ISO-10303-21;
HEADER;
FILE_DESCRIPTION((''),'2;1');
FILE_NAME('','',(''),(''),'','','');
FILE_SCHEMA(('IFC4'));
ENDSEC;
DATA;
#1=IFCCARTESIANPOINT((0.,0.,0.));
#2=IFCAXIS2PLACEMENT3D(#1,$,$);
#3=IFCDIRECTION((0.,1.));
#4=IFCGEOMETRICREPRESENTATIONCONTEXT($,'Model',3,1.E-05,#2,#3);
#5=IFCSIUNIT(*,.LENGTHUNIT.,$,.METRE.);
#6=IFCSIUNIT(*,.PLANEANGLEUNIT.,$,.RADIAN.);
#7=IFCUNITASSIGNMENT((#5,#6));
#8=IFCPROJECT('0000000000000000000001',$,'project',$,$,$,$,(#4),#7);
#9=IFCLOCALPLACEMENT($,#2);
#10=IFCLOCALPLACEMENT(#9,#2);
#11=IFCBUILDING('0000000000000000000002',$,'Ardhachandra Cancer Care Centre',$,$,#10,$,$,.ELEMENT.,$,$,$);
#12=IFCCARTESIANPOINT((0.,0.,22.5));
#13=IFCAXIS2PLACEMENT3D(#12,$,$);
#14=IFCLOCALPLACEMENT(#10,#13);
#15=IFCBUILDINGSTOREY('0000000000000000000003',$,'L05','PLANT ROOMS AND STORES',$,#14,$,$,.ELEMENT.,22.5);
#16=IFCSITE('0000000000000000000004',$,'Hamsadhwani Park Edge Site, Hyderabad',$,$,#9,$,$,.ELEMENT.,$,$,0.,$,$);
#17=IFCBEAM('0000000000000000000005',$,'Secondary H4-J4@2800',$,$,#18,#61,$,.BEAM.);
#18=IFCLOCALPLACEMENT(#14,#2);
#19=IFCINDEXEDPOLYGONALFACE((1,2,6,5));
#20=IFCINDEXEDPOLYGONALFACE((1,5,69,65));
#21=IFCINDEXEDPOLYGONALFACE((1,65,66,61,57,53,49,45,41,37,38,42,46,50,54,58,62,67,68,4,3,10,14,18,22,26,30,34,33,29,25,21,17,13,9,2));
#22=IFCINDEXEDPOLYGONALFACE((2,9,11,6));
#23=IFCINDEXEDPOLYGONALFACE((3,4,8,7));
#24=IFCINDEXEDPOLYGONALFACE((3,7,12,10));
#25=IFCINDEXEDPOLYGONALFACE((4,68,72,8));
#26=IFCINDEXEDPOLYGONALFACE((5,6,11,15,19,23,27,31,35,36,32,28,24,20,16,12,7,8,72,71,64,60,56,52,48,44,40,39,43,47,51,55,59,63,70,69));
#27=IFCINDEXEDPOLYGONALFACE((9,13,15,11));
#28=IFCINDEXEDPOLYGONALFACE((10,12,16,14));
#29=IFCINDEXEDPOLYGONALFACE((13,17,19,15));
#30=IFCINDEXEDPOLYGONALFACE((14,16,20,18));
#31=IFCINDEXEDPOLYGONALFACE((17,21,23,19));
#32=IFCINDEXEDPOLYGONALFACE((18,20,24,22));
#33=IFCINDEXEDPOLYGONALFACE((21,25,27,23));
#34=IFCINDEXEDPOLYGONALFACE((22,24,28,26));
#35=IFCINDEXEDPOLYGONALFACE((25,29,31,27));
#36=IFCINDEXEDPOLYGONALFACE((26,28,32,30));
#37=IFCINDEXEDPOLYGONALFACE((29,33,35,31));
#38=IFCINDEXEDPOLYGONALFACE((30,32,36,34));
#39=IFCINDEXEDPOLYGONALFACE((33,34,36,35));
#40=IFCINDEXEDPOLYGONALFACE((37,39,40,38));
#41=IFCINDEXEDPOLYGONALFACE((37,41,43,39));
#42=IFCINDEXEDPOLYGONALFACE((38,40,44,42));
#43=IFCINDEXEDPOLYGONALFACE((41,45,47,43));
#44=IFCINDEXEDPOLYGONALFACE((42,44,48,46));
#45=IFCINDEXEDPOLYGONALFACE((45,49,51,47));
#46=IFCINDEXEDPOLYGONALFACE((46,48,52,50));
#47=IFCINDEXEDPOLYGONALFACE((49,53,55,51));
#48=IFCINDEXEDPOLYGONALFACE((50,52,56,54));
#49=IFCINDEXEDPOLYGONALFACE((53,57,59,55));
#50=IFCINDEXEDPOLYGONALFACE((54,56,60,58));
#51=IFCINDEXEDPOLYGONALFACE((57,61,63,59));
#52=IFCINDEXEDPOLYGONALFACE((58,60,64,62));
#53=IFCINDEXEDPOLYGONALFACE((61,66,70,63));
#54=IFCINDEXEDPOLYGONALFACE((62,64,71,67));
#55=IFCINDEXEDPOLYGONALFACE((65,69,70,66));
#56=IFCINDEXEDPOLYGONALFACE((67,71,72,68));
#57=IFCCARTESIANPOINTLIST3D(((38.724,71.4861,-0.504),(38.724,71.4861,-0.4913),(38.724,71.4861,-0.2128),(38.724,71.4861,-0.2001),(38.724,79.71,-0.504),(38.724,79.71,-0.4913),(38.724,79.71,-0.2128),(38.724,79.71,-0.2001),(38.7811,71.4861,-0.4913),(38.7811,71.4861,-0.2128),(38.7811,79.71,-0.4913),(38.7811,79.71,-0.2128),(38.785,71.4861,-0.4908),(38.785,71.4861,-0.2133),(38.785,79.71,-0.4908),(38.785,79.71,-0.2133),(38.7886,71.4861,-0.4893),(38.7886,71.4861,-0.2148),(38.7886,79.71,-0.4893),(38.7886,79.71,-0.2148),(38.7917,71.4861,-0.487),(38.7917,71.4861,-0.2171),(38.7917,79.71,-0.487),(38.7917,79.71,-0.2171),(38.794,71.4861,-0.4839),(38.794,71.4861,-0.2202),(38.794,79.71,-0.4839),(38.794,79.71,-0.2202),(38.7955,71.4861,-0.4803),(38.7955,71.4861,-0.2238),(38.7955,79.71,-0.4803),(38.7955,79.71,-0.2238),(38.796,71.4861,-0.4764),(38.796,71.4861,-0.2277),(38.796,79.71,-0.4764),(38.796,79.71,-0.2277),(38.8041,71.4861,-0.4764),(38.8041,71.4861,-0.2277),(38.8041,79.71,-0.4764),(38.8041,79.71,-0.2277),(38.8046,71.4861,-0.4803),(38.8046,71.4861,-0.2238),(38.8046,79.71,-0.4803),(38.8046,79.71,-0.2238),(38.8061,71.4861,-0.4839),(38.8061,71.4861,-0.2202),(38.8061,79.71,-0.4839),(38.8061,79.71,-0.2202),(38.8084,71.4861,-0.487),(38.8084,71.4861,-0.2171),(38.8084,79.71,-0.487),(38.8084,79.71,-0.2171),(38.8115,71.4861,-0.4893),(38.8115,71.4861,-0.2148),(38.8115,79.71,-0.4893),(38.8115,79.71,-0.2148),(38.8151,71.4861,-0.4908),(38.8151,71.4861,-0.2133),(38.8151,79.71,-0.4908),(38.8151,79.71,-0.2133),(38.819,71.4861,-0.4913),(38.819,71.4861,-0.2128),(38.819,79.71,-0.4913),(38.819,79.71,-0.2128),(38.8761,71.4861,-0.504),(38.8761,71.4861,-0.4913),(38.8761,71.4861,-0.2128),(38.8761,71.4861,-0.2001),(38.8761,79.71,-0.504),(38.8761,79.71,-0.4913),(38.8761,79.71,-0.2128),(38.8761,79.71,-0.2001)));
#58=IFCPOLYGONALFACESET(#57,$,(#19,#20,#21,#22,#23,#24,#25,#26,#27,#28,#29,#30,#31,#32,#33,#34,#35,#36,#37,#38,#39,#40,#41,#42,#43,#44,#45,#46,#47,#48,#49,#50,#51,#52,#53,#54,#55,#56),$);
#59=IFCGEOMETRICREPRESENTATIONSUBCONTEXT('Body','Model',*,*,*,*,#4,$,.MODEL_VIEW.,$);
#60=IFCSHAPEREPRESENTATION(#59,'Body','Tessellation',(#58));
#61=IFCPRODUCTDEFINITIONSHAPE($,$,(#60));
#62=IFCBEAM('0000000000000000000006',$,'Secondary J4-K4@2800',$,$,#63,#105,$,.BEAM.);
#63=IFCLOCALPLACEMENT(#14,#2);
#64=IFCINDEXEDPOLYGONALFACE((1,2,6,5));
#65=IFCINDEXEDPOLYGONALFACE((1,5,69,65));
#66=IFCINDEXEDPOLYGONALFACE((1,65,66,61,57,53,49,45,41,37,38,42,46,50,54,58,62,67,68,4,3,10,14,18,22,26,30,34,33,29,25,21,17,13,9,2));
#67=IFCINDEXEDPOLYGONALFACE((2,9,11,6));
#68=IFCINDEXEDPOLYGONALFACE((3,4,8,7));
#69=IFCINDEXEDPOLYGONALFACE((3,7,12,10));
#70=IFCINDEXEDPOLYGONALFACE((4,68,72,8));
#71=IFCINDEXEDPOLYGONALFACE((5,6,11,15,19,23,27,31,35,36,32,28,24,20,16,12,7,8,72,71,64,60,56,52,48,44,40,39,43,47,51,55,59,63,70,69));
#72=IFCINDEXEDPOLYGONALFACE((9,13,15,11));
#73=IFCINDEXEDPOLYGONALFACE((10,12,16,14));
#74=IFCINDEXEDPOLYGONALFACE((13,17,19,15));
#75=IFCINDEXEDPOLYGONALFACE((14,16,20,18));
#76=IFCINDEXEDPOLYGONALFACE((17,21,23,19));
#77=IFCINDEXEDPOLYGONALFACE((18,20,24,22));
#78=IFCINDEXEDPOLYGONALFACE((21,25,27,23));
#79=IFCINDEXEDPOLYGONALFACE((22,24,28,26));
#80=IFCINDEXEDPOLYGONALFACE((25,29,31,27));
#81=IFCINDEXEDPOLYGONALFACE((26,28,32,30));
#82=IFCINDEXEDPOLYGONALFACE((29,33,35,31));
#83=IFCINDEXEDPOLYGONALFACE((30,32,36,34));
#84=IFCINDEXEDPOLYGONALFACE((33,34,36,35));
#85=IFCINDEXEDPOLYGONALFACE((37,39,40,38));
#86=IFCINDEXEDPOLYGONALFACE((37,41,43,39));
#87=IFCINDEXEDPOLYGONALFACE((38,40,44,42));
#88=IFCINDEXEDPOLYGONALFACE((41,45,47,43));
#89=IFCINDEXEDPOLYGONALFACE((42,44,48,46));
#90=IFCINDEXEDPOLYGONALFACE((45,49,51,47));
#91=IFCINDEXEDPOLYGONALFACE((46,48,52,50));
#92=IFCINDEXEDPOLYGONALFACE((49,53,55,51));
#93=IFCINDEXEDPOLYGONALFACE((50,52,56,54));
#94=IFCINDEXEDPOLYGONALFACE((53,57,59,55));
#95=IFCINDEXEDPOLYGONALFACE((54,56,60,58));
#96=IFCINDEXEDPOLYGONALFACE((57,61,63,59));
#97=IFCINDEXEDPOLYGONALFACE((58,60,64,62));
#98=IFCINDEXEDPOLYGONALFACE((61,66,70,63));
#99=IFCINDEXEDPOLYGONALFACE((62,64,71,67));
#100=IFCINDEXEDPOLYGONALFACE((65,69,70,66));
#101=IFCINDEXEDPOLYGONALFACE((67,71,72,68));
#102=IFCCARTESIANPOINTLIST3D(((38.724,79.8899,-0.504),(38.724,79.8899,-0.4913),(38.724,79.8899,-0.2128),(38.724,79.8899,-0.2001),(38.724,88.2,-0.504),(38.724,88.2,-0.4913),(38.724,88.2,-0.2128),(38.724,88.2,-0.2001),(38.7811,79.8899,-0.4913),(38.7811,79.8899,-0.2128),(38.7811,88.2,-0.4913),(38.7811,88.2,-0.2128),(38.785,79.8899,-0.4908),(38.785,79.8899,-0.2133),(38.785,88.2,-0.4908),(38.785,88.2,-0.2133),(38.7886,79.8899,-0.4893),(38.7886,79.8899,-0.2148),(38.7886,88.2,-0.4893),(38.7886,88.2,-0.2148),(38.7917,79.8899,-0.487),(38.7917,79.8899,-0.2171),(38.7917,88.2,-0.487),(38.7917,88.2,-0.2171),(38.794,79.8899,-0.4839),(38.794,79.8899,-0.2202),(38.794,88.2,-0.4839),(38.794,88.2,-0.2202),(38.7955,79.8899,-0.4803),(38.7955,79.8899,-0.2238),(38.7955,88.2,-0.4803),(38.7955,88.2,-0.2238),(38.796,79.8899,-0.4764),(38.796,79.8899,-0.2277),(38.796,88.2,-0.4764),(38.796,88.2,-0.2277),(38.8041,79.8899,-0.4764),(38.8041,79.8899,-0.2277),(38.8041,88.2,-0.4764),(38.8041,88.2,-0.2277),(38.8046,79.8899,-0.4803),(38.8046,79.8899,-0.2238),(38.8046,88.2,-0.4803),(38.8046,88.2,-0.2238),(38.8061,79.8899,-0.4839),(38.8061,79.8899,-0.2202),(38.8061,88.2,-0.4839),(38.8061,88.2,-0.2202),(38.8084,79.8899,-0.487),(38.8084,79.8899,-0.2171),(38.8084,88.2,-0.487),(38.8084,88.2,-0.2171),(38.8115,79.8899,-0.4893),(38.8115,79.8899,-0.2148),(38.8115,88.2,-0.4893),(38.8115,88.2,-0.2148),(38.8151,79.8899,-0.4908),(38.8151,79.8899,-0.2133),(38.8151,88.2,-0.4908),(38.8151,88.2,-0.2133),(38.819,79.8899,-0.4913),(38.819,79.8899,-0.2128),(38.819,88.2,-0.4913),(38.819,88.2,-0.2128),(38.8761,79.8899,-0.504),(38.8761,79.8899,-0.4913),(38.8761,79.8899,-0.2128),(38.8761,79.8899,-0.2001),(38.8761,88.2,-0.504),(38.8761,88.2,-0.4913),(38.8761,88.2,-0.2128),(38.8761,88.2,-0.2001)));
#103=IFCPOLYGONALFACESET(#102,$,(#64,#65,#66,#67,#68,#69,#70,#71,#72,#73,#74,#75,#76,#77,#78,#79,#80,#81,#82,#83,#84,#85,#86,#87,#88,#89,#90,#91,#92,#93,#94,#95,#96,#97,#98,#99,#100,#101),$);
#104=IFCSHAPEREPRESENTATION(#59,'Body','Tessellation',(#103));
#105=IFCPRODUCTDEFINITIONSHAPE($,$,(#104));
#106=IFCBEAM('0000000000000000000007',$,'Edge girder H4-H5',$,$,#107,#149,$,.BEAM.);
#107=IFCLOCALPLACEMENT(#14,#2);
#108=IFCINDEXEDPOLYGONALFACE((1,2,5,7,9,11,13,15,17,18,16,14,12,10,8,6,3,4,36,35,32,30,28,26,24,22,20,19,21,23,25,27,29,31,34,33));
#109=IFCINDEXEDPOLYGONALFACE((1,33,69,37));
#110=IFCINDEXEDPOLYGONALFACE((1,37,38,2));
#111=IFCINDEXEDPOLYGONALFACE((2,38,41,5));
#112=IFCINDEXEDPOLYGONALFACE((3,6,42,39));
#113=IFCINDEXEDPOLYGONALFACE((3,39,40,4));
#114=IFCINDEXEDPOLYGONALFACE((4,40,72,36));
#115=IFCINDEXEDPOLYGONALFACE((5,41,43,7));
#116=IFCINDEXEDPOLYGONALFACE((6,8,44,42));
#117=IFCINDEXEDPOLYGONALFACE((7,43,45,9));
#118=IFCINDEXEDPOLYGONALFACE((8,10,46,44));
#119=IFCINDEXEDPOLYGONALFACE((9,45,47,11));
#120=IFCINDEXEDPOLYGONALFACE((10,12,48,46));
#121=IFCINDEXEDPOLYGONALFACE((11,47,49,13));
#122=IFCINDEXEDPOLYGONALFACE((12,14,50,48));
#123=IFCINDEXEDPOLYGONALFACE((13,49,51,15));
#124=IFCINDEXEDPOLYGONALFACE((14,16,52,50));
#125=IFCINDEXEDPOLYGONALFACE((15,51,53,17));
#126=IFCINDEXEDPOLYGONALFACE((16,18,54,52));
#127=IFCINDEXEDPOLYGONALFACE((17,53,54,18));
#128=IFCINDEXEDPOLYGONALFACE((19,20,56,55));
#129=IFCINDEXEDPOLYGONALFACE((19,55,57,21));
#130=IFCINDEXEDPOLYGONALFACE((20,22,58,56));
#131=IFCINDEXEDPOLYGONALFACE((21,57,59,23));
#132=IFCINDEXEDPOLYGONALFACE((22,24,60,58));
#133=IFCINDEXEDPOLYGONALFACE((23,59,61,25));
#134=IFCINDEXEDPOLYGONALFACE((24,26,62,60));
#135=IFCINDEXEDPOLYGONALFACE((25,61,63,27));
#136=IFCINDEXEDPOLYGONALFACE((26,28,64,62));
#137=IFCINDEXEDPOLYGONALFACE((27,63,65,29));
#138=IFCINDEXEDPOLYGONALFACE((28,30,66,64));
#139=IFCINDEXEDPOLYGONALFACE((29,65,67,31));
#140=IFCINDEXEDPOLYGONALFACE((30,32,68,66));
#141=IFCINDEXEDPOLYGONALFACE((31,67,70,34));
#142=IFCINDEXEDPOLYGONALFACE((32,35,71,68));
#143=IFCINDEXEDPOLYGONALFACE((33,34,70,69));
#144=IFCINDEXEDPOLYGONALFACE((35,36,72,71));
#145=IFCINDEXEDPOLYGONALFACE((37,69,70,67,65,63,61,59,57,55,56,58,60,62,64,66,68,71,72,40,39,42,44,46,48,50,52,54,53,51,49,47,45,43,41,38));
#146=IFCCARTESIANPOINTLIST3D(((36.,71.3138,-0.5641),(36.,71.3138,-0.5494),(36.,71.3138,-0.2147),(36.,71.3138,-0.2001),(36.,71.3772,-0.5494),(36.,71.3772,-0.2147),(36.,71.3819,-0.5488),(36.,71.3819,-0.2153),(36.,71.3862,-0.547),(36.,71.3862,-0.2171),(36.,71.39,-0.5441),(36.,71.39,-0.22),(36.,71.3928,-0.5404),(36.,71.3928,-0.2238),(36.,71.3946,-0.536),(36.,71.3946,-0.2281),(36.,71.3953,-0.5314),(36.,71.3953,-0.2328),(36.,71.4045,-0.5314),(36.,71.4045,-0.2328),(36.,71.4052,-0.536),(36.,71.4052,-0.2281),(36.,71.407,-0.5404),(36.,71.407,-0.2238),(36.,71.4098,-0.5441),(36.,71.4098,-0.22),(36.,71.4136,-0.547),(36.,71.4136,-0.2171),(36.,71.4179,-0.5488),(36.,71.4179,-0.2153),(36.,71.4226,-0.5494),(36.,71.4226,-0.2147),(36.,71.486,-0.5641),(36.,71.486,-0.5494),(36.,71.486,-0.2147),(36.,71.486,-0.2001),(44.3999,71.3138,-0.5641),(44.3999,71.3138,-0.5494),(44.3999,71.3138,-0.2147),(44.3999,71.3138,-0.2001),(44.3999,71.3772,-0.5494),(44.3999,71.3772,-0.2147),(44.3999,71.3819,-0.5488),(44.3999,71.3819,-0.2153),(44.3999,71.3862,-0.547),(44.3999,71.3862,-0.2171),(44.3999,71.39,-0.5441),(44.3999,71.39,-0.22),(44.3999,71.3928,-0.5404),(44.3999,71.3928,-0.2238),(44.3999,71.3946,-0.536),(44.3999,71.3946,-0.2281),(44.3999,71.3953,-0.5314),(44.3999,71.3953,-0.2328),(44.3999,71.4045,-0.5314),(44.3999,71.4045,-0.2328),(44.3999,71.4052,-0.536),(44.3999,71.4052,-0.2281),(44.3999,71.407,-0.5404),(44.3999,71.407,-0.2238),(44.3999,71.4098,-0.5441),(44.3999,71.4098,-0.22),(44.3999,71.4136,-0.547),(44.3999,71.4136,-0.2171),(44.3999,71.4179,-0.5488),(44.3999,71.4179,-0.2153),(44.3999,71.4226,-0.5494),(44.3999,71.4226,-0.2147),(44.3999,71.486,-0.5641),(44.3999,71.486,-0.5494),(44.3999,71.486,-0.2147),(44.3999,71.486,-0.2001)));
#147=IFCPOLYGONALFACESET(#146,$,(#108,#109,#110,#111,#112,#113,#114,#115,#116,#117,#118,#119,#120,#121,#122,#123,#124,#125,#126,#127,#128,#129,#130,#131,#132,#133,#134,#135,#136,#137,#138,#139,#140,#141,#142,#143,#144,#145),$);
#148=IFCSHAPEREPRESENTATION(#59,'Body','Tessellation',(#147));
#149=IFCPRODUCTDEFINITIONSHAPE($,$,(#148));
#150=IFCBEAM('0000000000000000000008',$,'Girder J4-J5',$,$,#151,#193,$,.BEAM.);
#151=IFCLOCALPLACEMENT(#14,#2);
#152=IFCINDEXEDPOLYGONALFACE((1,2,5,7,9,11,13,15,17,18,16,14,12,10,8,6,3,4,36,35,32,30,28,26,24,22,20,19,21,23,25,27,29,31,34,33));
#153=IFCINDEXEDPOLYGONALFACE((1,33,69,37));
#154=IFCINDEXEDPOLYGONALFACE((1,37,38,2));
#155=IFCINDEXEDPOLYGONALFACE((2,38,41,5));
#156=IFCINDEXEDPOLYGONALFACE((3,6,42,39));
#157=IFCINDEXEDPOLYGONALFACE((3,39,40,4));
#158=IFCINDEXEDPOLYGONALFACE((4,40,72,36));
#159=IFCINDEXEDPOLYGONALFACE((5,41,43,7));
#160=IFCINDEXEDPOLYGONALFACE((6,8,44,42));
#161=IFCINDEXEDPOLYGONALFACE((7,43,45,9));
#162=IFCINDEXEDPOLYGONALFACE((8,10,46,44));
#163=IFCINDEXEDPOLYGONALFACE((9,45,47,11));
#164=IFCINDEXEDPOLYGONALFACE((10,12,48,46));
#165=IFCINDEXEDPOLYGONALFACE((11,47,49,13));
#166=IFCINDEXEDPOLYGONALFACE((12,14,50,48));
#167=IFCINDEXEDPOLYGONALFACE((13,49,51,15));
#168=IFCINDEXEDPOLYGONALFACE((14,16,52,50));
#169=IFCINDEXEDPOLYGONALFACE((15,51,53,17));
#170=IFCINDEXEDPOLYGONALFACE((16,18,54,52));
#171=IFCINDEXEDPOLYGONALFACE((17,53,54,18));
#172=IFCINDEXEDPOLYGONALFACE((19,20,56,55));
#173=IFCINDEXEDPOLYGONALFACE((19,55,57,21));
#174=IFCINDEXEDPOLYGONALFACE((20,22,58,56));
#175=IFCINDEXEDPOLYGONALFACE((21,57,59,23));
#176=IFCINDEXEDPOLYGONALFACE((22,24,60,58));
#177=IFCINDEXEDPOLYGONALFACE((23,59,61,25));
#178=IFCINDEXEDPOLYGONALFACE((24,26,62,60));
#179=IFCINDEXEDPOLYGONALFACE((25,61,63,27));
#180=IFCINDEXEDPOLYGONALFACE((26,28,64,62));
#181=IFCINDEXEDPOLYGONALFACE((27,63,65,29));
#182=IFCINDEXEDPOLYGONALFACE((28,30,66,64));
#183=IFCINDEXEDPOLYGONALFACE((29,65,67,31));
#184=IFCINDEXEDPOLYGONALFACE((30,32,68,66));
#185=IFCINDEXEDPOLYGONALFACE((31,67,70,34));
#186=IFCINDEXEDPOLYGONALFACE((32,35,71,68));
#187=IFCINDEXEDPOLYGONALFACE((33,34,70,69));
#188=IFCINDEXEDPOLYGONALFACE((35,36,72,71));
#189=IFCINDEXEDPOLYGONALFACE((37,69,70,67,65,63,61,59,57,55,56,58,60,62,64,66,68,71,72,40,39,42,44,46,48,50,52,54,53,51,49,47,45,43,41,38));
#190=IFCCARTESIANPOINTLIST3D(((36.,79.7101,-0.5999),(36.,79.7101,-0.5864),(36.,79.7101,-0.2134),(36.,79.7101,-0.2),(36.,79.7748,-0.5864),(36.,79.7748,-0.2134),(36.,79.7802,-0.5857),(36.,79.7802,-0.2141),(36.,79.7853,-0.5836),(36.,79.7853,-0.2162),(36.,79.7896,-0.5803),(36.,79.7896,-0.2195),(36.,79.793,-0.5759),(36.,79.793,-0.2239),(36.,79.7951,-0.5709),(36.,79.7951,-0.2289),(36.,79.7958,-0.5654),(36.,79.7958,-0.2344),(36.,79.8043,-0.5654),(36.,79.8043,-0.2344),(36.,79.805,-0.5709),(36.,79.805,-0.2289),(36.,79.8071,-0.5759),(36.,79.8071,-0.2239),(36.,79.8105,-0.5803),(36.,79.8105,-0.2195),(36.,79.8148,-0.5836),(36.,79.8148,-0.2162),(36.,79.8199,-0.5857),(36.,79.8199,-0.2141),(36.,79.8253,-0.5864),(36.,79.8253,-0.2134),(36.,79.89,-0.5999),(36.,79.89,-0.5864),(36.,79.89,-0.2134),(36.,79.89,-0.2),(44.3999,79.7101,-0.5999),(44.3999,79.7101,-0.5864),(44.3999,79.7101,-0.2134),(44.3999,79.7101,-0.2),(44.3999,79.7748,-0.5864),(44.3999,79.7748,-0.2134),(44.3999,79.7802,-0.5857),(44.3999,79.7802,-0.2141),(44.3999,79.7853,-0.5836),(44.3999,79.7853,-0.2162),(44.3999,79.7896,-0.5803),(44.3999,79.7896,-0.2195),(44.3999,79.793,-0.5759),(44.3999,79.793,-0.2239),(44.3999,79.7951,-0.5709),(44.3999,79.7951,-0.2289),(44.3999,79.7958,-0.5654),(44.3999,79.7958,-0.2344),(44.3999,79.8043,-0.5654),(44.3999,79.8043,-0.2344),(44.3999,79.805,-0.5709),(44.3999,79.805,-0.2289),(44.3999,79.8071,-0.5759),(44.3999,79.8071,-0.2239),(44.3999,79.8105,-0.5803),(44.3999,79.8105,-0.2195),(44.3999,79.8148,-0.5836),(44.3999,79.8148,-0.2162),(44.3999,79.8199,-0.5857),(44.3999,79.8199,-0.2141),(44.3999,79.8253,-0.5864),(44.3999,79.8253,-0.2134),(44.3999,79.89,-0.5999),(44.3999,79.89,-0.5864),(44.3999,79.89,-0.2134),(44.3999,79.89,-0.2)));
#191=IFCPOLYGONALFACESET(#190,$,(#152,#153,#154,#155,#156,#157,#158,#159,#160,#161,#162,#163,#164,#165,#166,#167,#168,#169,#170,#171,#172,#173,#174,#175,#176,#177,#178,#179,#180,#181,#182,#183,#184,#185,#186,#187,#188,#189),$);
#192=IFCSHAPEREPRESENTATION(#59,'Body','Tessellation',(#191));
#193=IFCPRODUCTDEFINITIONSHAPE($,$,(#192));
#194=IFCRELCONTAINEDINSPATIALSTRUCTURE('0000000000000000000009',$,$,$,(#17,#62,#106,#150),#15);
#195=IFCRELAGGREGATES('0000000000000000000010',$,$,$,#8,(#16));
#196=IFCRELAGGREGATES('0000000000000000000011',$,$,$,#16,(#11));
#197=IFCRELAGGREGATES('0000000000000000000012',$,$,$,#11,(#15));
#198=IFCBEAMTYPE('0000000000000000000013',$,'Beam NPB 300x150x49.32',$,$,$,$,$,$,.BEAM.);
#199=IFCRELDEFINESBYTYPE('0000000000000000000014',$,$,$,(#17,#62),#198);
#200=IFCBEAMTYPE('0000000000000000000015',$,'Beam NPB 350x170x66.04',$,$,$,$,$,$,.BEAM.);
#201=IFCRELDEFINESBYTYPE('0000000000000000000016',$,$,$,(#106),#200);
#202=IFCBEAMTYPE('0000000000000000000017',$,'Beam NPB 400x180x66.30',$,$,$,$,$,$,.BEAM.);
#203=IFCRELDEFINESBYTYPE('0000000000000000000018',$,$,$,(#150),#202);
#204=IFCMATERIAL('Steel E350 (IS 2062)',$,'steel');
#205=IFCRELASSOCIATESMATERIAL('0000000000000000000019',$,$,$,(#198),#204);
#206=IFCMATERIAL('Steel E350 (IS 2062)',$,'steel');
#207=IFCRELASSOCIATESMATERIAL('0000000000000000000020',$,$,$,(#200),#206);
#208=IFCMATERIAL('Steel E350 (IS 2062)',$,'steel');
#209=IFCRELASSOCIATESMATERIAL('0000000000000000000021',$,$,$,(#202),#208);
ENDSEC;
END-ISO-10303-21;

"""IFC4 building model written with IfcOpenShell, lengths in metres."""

from ifc_helpers import new_model, si_unit, direction, frame, origin, origin_2d, place, context, subcontext, project, spatial, i_section, extrude, material, material_profile, profile_set, type_object, element, save


model = new_model("IFC4")

# Units and contexts
model_context = context("Model", 3, precision=1e-05, world=origin(), true_north=direction((0.0, 1.0)))
body_context = subcontext(model_context, "Body", "Model", "MODEL_VIEW")
ifc_project = project(units=[si_unit("LENGTHUNIT", "METRE"), si_unit("PLANEANGLEUNIT", "RADIAN")], contexts=[model_context])

# Site, building, storey
site_placement = place(None, origin())
site = spatial("IfcSite", under=ifc_project, at=site_placement, Name="Hamsadhwani Park Edge Site, Hyderabad", CompositionType="ELEMENT", RefElevation=0.0)
building_placement = place(site_placement, origin())
building = spatial("IfcBuilding", under=site, at=building_placement, Name="Ardhachandra Cancer Care Centre", CompositionType="ELEMENT")
storey_placement = place(building_placement, frame((0.0, 0.0, 22.5)))
storey = spatial("IfcBuildingStorey", under=building, at=storey_placement, Name="L05", Description="PLANT ROOMS AND STORES", CompositionType="ELEMENT", Elevation=22.5)

# Beams
ifc_material_1 = material(Name="Steel E350 (IS 2062)", Category="steel")
ifc_material_profile_1 = material_profile(ifc_material_1, i_section(OverallWidth=0.1521, OverallDepth=0.304, WebThickness=0.0081, FlangeThickness=0.0127, FilletRadius=0.0149, at=origin_2d()), Name="NPB 300x150x49.32")
ifc_profile_set_1 = profile_set([ifc_material_profile_1], Name="Steel E350 (IS 2062)")
beam_type_1 = type_object("IfcBeamType", Name="Beam NPB 300x150x49.32", PredefinedType="BEAM", material=ifc_profile_set_1)
beam_1_placement = place(storey_placement, frame((38.8, 71.4861, -0.3521), z_axis=(0.0, 1.0, 0.0), x_axis=(-1.0, 0.0, 0.0)))
element("IfcBeam", 1, at=beam_1_placement, inside=storey, type_object=beam_type_1, Name="Secondary H4-J4@2800", PredefinedType="BEAM", context=body_context, shape_type="SweptSolid", body=[
    extrude(i_section(OverallWidth=0.1521, OverallDepth=0.304, WebThickness=0.0081, FlangeThickness=0.0127, FilletRadius=0.0149, at=origin_2d()), origin(), (0.0, 0.0, 1.0), 8.2239),
])
beam_2_placement = place(storey_placement, frame((38.8, 79.8899, -0.3521), z_axis=(0.0, 1.0, 0.0), x_axis=(-1.0, 0.0, 0.0)))
element("IfcBeam", 2, at=beam_2_placement, inside=storey, type_object=beam_type_1, Name="Secondary J4-K4@2800", PredefinedType="BEAM", context=body_context, shape_type="SweptSolid", body=[
    extrude(i_section(OverallWidth=0.1521, OverallDepth=0.304, WebThickness=0.0081, FlangeThickness=0.0127, FilletRadius=0.0149, at=origin_2d()), origin(), (0.0, 0.0, 1.0), 8.3101),
])
ifc_material_2 = material(Name="Steel E350 (IS 2062)", Category="steel")
ifc_material_profile_2 = material_profile(ifc_material_2, i_section(OverallWidth=0.1721, OverallDepth=0.364, WebThickness=0.0093, FlangeThickness=0.0146, FilletRadius=0.0181, at=origin_2d()), Name="NPB 350x170x66.04")
ifc_profile_set_2 = profile_set([ifc_material_profile_2], Name="Steel E350 (IS 2062)")
beam_type_2 = type_object("IfcBeamType", Name="Beam NPB 350x170x66.04", PredefinedType="BEAM", material=ifc_profile_set_2)
beam_3_placement = place(storey_placement, frame((36.0, 71.3999, -0.3821), z_axis=(1.0, 0.0, 0.0), x_axis=(0.0, 1.0, 0.0)))
element("IfcBeam", 3, at=beam_3_placement, inside=storey, type_object=beam_type_2, Name="Edge girder H4-H5", PredefinedType="BEAM", context=body_context, shape_type="SweptSolid", body=[
    extrude(i_section(OverallWidth=0.1721, OverallDepth=0.364, WebThickness=0.0093, FlangeThickness=0.0146, FilletRadius=0.0181, at=origin_2d()), origin(), (0.0, 0.0, 1.0), 8.3999),
])
ifc_material_3 = material(Name="Steel E350 (IS 2062)", Category="steel")
ifc_material_profile_3 = material_profile(ifc_material_3, i_section(OverallWidth=0.1799, OverallDepth=0.3999, WebThickness=0.0085, FlangeThickness=0.0134, FilletRadius=0.021, at=origin_2d()), Name="NPB 400x180x66.30")
ifc_profile_set_3 = profile_set([ifc_material_profile_3], Name="Steel E350 (IS 2062)")
beam_type_3 = type_object("IfcBeamType", Name="Beam NPB 400x180x66.30", PredefinedType="BEAM", material=ifc_profile_set_3)
beam_4_placement = place(storey_placement, frame((36.0, 79.8, -0.3999), z_axis=(1.0, 0.0, 0.0), x_axis=(0.0, 1.0, 0.0)))
element("IfcBeam", 4, at=beam_4_placement, inside=storey, type_object=beam_type_3, Name="Girder J4-J5", PredefinedType="BEAM", context=body_context, shape_type="SweptSolid", body=[
    extrude(i_section(OverallWidth=0.1799, OverallDepth=0.3999, WebThickness=0.0085, FlangeThickness=0.0134, FilletRadius=0.021, at=origin_2d()), origin(), (0.0, 0.0, 1.0), 8.3999),
])

save(model, "model.ifc")
